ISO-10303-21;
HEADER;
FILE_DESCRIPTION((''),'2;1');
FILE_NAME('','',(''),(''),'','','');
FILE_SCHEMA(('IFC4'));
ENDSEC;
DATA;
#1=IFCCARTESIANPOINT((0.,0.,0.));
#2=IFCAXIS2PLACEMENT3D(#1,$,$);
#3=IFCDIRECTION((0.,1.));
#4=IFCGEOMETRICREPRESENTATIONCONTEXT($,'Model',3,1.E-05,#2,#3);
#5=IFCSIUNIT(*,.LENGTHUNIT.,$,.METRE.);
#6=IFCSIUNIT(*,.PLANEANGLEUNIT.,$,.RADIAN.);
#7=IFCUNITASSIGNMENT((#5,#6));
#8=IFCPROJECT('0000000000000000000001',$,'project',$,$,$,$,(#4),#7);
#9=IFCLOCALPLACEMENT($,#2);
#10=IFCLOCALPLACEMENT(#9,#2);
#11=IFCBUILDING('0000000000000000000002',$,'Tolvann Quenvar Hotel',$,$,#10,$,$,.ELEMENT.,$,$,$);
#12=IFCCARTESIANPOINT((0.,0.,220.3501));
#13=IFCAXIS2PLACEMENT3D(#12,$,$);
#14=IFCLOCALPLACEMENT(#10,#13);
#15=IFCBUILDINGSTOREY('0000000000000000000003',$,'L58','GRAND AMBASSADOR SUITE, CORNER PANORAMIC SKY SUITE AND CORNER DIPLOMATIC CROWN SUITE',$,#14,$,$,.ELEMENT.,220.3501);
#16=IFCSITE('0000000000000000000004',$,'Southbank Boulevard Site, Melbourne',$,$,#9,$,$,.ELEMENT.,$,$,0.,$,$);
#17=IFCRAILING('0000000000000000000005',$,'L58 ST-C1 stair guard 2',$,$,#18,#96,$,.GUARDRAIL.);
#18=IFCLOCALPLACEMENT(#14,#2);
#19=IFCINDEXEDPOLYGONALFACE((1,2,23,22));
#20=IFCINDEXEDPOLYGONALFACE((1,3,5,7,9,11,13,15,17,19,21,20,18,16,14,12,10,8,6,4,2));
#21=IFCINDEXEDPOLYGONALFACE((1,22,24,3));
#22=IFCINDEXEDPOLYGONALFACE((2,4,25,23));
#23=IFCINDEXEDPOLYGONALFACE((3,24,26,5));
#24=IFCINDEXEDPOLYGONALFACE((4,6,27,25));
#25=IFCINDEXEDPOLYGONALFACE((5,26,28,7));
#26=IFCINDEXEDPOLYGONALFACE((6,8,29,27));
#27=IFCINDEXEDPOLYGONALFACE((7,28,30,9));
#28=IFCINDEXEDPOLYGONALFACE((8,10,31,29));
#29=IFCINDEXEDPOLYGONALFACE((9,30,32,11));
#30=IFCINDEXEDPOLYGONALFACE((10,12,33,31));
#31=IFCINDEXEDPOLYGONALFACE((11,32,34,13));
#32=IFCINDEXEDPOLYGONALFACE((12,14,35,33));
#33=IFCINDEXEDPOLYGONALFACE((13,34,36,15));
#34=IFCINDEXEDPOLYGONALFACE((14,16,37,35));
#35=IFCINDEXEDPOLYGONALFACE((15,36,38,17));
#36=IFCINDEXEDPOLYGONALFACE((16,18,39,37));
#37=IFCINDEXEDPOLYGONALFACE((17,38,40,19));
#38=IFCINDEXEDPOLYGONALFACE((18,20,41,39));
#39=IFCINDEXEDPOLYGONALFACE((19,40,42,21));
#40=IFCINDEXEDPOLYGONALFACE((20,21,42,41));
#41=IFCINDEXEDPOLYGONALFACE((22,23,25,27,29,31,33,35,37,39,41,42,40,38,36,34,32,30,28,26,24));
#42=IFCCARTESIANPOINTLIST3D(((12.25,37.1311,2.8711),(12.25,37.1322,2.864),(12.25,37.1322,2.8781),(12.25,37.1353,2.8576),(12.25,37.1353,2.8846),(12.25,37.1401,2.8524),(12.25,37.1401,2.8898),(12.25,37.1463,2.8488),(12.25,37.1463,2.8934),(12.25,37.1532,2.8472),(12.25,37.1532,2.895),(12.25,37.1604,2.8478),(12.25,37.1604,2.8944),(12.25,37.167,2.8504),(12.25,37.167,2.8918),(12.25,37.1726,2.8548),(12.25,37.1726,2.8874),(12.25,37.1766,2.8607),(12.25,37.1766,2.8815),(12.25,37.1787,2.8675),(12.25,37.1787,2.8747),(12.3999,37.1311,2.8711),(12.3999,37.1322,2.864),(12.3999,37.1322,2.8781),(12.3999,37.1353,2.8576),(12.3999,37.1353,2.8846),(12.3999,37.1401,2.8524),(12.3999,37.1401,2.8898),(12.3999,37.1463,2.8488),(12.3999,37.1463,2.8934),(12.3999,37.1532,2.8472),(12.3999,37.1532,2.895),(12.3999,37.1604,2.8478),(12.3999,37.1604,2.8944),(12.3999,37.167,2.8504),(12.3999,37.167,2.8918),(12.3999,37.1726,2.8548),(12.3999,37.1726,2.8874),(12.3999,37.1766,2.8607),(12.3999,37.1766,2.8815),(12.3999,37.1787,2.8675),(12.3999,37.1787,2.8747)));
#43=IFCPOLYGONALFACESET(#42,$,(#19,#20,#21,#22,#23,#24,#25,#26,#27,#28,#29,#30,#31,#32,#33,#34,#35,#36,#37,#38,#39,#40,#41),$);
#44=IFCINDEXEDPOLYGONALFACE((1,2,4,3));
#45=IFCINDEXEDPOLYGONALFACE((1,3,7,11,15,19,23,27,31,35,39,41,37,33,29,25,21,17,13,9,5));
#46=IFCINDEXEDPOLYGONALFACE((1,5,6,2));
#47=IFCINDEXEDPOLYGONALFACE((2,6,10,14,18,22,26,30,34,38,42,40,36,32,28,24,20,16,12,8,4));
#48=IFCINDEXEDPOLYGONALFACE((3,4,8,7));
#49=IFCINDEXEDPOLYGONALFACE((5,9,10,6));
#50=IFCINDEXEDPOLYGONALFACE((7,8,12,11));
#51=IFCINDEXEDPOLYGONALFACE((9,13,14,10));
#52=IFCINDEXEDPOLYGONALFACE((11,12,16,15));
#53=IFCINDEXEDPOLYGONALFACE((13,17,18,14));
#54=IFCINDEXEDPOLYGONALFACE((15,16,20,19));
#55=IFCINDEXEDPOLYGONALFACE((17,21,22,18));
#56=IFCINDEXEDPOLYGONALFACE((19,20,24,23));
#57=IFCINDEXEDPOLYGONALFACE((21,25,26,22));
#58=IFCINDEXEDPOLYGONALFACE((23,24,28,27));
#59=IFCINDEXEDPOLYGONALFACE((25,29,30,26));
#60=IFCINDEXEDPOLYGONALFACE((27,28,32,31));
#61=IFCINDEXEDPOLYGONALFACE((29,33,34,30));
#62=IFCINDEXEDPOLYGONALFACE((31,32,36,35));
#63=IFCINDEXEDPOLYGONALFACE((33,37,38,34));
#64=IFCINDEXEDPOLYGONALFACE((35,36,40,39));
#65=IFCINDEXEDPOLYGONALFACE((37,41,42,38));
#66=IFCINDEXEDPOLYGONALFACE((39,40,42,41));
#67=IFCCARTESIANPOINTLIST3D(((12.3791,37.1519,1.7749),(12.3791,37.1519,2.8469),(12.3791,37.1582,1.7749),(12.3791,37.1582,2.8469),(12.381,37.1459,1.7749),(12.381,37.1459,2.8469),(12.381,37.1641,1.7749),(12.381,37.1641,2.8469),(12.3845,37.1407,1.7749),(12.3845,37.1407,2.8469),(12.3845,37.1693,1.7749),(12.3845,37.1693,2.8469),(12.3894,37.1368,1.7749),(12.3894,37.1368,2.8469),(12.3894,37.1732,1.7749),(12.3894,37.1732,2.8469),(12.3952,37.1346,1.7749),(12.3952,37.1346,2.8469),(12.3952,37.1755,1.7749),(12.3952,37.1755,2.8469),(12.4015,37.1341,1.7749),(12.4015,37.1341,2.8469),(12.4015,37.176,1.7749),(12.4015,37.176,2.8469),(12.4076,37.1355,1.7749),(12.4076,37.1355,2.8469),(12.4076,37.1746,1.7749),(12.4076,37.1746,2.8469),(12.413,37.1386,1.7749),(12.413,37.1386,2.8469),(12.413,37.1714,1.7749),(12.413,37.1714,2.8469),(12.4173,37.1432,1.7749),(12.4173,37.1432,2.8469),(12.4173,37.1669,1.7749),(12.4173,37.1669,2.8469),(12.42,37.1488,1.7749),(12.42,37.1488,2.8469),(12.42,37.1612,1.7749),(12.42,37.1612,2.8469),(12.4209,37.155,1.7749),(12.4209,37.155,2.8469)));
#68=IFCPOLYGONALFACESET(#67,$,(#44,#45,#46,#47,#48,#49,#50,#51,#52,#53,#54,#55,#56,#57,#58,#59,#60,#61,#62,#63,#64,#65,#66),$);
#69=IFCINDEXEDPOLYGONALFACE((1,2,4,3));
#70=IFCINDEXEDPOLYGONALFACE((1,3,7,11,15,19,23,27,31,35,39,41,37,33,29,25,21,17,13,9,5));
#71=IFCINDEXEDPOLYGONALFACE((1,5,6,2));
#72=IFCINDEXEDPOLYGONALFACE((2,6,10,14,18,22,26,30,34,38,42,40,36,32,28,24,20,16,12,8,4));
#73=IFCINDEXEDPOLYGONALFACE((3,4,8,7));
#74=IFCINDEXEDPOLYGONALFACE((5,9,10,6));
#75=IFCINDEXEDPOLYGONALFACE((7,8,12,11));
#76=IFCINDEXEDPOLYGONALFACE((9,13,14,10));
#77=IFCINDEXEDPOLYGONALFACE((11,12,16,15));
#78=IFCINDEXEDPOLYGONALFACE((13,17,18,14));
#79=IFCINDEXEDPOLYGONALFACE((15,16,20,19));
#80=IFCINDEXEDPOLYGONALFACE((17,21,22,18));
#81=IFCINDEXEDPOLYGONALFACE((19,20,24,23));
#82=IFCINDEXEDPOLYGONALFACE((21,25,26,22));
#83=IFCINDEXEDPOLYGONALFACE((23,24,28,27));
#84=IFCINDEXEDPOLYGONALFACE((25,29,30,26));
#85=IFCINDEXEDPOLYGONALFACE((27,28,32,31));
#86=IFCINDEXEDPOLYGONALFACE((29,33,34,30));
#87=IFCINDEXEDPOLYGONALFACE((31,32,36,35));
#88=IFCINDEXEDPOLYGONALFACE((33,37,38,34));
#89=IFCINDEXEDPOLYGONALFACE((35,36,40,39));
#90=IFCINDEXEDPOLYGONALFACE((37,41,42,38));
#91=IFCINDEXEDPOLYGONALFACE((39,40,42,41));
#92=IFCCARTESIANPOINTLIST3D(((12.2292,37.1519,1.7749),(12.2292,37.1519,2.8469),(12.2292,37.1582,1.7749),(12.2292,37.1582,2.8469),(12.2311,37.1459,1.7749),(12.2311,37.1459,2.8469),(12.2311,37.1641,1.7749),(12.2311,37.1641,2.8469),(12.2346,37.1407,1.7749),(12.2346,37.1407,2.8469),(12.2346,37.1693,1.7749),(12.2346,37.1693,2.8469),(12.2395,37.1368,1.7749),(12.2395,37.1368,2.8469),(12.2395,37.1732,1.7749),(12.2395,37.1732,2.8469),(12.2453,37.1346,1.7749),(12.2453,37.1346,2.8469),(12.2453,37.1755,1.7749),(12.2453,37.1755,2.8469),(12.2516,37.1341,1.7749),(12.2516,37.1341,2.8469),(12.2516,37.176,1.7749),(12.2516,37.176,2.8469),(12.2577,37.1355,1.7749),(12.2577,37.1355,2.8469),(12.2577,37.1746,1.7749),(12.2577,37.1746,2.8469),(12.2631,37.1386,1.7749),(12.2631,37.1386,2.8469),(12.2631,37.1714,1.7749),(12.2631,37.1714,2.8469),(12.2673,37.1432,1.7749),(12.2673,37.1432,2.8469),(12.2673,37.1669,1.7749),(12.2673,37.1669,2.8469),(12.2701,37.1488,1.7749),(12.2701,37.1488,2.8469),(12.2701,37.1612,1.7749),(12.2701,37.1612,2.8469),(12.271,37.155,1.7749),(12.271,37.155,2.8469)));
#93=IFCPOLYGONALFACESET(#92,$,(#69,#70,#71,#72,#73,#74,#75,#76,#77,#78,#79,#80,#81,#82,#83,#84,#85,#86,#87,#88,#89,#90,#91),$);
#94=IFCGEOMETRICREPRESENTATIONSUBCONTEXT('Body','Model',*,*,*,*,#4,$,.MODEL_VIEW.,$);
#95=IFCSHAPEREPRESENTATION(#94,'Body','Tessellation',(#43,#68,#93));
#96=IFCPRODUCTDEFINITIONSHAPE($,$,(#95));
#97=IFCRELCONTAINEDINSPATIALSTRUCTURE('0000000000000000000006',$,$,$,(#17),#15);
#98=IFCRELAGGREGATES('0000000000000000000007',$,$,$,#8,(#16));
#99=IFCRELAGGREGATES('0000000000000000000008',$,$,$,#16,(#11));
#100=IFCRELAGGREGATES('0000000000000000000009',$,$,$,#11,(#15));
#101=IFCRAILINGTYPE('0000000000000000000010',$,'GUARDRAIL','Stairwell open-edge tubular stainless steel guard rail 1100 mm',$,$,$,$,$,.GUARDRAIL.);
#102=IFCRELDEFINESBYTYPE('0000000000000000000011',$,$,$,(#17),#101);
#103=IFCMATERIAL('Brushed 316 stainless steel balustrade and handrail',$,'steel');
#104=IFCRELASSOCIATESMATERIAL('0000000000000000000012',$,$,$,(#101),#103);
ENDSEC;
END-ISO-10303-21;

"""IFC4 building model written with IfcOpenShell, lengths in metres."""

from ifc_helpers import new_model, si_unit, direction, frame, origin, origin_2d, place, context, subcontext, project, spatial, circle, extrude, material, type_object, element, save


model = new_model("IFC4")

# Units and contexts
model_context = context("Model", 3, precision=1e-05, world=origin(), true_north=direction((0.0, 1.0)))
body_context = subcontext(model_context, "Body", "Model", "MODEL_VIEW")
ifc_project = project(units=[si_unit("LENGTHUNIT", "METRE"), si_unit("PLANEANGLEUNIT", "RADIAN")], contexts=[model_context])

# Site, building, storey
site_placement = place(None, origin())
site = spatial("IfcSite", under=ifc_project, at=site_placement, Name="Southbank Boulevard Site, Melbourne", CompositionType="ELEMENT", RefElevation=0.0)
building_placement = place(site_placement, origin())
building = spatial("IfcBuilding", under=site, at=building_placement, Name="Tolvann Quenvar Hotel", CompositionType="ELEMENT")
storey_placement = place(building_placement, frame((0.0, 0.0, 220.3501)))
storey = spatial("IfcBuildingStorey", under=building, at=storey_placement, Name="L58", Description="GRAND AMBASSADOR SUITE, CORNER PANORAMIC SKY SUITE AND CORNER DIPLOMATIC CROWN SUITE", CompositionType="ELEMENT", Elevation=220.3501)

# Railing
ifc_material_1 = material(Name="Brushed 316 stainless steel balustrade and handrail", Category="steel")
railing_type = type_object("IfcRailingType", Name="GUARDRAIL", Description="Stairwell open-edge tubular stainless steel guard rail 1100 mm", PredefinedType="GUARDRAIL", material=ifc_material_1)
railing_1_placement = place(storey_placement, frame((12.3999, 37.155, 1.7749)))
element("IfcRailing", 1, at=railing_1_placement, inside=storey, type_object=railing_type, Name="L58 ST-C1 stair guard 2", PredefinedType="GUARDRAIL", context=body_context, shape_type="SweptSolid", body=[
    extrude(circle(Radius=0.0239, at=origin_2d()), frame((0.0, 0.0, 1.0962), z_axis=(-1.0, 0.0, 0.0), x_axis=(0.0, -1.0, 0.0)), (0.0, 0.0, 1.0), 0.1499),
    extrude(circle(Radius=0.021, at=origin_2d()), origin(), (0.0, 0.0, 1.0), 1.072),
    extrude(circle(Radius=0.021, at=origin_2d()), frame((-0.1499, 0.0, 0.0)), (0.0, 0.0, 1.0), 1.072),
])

save(model, "model.ifc")
